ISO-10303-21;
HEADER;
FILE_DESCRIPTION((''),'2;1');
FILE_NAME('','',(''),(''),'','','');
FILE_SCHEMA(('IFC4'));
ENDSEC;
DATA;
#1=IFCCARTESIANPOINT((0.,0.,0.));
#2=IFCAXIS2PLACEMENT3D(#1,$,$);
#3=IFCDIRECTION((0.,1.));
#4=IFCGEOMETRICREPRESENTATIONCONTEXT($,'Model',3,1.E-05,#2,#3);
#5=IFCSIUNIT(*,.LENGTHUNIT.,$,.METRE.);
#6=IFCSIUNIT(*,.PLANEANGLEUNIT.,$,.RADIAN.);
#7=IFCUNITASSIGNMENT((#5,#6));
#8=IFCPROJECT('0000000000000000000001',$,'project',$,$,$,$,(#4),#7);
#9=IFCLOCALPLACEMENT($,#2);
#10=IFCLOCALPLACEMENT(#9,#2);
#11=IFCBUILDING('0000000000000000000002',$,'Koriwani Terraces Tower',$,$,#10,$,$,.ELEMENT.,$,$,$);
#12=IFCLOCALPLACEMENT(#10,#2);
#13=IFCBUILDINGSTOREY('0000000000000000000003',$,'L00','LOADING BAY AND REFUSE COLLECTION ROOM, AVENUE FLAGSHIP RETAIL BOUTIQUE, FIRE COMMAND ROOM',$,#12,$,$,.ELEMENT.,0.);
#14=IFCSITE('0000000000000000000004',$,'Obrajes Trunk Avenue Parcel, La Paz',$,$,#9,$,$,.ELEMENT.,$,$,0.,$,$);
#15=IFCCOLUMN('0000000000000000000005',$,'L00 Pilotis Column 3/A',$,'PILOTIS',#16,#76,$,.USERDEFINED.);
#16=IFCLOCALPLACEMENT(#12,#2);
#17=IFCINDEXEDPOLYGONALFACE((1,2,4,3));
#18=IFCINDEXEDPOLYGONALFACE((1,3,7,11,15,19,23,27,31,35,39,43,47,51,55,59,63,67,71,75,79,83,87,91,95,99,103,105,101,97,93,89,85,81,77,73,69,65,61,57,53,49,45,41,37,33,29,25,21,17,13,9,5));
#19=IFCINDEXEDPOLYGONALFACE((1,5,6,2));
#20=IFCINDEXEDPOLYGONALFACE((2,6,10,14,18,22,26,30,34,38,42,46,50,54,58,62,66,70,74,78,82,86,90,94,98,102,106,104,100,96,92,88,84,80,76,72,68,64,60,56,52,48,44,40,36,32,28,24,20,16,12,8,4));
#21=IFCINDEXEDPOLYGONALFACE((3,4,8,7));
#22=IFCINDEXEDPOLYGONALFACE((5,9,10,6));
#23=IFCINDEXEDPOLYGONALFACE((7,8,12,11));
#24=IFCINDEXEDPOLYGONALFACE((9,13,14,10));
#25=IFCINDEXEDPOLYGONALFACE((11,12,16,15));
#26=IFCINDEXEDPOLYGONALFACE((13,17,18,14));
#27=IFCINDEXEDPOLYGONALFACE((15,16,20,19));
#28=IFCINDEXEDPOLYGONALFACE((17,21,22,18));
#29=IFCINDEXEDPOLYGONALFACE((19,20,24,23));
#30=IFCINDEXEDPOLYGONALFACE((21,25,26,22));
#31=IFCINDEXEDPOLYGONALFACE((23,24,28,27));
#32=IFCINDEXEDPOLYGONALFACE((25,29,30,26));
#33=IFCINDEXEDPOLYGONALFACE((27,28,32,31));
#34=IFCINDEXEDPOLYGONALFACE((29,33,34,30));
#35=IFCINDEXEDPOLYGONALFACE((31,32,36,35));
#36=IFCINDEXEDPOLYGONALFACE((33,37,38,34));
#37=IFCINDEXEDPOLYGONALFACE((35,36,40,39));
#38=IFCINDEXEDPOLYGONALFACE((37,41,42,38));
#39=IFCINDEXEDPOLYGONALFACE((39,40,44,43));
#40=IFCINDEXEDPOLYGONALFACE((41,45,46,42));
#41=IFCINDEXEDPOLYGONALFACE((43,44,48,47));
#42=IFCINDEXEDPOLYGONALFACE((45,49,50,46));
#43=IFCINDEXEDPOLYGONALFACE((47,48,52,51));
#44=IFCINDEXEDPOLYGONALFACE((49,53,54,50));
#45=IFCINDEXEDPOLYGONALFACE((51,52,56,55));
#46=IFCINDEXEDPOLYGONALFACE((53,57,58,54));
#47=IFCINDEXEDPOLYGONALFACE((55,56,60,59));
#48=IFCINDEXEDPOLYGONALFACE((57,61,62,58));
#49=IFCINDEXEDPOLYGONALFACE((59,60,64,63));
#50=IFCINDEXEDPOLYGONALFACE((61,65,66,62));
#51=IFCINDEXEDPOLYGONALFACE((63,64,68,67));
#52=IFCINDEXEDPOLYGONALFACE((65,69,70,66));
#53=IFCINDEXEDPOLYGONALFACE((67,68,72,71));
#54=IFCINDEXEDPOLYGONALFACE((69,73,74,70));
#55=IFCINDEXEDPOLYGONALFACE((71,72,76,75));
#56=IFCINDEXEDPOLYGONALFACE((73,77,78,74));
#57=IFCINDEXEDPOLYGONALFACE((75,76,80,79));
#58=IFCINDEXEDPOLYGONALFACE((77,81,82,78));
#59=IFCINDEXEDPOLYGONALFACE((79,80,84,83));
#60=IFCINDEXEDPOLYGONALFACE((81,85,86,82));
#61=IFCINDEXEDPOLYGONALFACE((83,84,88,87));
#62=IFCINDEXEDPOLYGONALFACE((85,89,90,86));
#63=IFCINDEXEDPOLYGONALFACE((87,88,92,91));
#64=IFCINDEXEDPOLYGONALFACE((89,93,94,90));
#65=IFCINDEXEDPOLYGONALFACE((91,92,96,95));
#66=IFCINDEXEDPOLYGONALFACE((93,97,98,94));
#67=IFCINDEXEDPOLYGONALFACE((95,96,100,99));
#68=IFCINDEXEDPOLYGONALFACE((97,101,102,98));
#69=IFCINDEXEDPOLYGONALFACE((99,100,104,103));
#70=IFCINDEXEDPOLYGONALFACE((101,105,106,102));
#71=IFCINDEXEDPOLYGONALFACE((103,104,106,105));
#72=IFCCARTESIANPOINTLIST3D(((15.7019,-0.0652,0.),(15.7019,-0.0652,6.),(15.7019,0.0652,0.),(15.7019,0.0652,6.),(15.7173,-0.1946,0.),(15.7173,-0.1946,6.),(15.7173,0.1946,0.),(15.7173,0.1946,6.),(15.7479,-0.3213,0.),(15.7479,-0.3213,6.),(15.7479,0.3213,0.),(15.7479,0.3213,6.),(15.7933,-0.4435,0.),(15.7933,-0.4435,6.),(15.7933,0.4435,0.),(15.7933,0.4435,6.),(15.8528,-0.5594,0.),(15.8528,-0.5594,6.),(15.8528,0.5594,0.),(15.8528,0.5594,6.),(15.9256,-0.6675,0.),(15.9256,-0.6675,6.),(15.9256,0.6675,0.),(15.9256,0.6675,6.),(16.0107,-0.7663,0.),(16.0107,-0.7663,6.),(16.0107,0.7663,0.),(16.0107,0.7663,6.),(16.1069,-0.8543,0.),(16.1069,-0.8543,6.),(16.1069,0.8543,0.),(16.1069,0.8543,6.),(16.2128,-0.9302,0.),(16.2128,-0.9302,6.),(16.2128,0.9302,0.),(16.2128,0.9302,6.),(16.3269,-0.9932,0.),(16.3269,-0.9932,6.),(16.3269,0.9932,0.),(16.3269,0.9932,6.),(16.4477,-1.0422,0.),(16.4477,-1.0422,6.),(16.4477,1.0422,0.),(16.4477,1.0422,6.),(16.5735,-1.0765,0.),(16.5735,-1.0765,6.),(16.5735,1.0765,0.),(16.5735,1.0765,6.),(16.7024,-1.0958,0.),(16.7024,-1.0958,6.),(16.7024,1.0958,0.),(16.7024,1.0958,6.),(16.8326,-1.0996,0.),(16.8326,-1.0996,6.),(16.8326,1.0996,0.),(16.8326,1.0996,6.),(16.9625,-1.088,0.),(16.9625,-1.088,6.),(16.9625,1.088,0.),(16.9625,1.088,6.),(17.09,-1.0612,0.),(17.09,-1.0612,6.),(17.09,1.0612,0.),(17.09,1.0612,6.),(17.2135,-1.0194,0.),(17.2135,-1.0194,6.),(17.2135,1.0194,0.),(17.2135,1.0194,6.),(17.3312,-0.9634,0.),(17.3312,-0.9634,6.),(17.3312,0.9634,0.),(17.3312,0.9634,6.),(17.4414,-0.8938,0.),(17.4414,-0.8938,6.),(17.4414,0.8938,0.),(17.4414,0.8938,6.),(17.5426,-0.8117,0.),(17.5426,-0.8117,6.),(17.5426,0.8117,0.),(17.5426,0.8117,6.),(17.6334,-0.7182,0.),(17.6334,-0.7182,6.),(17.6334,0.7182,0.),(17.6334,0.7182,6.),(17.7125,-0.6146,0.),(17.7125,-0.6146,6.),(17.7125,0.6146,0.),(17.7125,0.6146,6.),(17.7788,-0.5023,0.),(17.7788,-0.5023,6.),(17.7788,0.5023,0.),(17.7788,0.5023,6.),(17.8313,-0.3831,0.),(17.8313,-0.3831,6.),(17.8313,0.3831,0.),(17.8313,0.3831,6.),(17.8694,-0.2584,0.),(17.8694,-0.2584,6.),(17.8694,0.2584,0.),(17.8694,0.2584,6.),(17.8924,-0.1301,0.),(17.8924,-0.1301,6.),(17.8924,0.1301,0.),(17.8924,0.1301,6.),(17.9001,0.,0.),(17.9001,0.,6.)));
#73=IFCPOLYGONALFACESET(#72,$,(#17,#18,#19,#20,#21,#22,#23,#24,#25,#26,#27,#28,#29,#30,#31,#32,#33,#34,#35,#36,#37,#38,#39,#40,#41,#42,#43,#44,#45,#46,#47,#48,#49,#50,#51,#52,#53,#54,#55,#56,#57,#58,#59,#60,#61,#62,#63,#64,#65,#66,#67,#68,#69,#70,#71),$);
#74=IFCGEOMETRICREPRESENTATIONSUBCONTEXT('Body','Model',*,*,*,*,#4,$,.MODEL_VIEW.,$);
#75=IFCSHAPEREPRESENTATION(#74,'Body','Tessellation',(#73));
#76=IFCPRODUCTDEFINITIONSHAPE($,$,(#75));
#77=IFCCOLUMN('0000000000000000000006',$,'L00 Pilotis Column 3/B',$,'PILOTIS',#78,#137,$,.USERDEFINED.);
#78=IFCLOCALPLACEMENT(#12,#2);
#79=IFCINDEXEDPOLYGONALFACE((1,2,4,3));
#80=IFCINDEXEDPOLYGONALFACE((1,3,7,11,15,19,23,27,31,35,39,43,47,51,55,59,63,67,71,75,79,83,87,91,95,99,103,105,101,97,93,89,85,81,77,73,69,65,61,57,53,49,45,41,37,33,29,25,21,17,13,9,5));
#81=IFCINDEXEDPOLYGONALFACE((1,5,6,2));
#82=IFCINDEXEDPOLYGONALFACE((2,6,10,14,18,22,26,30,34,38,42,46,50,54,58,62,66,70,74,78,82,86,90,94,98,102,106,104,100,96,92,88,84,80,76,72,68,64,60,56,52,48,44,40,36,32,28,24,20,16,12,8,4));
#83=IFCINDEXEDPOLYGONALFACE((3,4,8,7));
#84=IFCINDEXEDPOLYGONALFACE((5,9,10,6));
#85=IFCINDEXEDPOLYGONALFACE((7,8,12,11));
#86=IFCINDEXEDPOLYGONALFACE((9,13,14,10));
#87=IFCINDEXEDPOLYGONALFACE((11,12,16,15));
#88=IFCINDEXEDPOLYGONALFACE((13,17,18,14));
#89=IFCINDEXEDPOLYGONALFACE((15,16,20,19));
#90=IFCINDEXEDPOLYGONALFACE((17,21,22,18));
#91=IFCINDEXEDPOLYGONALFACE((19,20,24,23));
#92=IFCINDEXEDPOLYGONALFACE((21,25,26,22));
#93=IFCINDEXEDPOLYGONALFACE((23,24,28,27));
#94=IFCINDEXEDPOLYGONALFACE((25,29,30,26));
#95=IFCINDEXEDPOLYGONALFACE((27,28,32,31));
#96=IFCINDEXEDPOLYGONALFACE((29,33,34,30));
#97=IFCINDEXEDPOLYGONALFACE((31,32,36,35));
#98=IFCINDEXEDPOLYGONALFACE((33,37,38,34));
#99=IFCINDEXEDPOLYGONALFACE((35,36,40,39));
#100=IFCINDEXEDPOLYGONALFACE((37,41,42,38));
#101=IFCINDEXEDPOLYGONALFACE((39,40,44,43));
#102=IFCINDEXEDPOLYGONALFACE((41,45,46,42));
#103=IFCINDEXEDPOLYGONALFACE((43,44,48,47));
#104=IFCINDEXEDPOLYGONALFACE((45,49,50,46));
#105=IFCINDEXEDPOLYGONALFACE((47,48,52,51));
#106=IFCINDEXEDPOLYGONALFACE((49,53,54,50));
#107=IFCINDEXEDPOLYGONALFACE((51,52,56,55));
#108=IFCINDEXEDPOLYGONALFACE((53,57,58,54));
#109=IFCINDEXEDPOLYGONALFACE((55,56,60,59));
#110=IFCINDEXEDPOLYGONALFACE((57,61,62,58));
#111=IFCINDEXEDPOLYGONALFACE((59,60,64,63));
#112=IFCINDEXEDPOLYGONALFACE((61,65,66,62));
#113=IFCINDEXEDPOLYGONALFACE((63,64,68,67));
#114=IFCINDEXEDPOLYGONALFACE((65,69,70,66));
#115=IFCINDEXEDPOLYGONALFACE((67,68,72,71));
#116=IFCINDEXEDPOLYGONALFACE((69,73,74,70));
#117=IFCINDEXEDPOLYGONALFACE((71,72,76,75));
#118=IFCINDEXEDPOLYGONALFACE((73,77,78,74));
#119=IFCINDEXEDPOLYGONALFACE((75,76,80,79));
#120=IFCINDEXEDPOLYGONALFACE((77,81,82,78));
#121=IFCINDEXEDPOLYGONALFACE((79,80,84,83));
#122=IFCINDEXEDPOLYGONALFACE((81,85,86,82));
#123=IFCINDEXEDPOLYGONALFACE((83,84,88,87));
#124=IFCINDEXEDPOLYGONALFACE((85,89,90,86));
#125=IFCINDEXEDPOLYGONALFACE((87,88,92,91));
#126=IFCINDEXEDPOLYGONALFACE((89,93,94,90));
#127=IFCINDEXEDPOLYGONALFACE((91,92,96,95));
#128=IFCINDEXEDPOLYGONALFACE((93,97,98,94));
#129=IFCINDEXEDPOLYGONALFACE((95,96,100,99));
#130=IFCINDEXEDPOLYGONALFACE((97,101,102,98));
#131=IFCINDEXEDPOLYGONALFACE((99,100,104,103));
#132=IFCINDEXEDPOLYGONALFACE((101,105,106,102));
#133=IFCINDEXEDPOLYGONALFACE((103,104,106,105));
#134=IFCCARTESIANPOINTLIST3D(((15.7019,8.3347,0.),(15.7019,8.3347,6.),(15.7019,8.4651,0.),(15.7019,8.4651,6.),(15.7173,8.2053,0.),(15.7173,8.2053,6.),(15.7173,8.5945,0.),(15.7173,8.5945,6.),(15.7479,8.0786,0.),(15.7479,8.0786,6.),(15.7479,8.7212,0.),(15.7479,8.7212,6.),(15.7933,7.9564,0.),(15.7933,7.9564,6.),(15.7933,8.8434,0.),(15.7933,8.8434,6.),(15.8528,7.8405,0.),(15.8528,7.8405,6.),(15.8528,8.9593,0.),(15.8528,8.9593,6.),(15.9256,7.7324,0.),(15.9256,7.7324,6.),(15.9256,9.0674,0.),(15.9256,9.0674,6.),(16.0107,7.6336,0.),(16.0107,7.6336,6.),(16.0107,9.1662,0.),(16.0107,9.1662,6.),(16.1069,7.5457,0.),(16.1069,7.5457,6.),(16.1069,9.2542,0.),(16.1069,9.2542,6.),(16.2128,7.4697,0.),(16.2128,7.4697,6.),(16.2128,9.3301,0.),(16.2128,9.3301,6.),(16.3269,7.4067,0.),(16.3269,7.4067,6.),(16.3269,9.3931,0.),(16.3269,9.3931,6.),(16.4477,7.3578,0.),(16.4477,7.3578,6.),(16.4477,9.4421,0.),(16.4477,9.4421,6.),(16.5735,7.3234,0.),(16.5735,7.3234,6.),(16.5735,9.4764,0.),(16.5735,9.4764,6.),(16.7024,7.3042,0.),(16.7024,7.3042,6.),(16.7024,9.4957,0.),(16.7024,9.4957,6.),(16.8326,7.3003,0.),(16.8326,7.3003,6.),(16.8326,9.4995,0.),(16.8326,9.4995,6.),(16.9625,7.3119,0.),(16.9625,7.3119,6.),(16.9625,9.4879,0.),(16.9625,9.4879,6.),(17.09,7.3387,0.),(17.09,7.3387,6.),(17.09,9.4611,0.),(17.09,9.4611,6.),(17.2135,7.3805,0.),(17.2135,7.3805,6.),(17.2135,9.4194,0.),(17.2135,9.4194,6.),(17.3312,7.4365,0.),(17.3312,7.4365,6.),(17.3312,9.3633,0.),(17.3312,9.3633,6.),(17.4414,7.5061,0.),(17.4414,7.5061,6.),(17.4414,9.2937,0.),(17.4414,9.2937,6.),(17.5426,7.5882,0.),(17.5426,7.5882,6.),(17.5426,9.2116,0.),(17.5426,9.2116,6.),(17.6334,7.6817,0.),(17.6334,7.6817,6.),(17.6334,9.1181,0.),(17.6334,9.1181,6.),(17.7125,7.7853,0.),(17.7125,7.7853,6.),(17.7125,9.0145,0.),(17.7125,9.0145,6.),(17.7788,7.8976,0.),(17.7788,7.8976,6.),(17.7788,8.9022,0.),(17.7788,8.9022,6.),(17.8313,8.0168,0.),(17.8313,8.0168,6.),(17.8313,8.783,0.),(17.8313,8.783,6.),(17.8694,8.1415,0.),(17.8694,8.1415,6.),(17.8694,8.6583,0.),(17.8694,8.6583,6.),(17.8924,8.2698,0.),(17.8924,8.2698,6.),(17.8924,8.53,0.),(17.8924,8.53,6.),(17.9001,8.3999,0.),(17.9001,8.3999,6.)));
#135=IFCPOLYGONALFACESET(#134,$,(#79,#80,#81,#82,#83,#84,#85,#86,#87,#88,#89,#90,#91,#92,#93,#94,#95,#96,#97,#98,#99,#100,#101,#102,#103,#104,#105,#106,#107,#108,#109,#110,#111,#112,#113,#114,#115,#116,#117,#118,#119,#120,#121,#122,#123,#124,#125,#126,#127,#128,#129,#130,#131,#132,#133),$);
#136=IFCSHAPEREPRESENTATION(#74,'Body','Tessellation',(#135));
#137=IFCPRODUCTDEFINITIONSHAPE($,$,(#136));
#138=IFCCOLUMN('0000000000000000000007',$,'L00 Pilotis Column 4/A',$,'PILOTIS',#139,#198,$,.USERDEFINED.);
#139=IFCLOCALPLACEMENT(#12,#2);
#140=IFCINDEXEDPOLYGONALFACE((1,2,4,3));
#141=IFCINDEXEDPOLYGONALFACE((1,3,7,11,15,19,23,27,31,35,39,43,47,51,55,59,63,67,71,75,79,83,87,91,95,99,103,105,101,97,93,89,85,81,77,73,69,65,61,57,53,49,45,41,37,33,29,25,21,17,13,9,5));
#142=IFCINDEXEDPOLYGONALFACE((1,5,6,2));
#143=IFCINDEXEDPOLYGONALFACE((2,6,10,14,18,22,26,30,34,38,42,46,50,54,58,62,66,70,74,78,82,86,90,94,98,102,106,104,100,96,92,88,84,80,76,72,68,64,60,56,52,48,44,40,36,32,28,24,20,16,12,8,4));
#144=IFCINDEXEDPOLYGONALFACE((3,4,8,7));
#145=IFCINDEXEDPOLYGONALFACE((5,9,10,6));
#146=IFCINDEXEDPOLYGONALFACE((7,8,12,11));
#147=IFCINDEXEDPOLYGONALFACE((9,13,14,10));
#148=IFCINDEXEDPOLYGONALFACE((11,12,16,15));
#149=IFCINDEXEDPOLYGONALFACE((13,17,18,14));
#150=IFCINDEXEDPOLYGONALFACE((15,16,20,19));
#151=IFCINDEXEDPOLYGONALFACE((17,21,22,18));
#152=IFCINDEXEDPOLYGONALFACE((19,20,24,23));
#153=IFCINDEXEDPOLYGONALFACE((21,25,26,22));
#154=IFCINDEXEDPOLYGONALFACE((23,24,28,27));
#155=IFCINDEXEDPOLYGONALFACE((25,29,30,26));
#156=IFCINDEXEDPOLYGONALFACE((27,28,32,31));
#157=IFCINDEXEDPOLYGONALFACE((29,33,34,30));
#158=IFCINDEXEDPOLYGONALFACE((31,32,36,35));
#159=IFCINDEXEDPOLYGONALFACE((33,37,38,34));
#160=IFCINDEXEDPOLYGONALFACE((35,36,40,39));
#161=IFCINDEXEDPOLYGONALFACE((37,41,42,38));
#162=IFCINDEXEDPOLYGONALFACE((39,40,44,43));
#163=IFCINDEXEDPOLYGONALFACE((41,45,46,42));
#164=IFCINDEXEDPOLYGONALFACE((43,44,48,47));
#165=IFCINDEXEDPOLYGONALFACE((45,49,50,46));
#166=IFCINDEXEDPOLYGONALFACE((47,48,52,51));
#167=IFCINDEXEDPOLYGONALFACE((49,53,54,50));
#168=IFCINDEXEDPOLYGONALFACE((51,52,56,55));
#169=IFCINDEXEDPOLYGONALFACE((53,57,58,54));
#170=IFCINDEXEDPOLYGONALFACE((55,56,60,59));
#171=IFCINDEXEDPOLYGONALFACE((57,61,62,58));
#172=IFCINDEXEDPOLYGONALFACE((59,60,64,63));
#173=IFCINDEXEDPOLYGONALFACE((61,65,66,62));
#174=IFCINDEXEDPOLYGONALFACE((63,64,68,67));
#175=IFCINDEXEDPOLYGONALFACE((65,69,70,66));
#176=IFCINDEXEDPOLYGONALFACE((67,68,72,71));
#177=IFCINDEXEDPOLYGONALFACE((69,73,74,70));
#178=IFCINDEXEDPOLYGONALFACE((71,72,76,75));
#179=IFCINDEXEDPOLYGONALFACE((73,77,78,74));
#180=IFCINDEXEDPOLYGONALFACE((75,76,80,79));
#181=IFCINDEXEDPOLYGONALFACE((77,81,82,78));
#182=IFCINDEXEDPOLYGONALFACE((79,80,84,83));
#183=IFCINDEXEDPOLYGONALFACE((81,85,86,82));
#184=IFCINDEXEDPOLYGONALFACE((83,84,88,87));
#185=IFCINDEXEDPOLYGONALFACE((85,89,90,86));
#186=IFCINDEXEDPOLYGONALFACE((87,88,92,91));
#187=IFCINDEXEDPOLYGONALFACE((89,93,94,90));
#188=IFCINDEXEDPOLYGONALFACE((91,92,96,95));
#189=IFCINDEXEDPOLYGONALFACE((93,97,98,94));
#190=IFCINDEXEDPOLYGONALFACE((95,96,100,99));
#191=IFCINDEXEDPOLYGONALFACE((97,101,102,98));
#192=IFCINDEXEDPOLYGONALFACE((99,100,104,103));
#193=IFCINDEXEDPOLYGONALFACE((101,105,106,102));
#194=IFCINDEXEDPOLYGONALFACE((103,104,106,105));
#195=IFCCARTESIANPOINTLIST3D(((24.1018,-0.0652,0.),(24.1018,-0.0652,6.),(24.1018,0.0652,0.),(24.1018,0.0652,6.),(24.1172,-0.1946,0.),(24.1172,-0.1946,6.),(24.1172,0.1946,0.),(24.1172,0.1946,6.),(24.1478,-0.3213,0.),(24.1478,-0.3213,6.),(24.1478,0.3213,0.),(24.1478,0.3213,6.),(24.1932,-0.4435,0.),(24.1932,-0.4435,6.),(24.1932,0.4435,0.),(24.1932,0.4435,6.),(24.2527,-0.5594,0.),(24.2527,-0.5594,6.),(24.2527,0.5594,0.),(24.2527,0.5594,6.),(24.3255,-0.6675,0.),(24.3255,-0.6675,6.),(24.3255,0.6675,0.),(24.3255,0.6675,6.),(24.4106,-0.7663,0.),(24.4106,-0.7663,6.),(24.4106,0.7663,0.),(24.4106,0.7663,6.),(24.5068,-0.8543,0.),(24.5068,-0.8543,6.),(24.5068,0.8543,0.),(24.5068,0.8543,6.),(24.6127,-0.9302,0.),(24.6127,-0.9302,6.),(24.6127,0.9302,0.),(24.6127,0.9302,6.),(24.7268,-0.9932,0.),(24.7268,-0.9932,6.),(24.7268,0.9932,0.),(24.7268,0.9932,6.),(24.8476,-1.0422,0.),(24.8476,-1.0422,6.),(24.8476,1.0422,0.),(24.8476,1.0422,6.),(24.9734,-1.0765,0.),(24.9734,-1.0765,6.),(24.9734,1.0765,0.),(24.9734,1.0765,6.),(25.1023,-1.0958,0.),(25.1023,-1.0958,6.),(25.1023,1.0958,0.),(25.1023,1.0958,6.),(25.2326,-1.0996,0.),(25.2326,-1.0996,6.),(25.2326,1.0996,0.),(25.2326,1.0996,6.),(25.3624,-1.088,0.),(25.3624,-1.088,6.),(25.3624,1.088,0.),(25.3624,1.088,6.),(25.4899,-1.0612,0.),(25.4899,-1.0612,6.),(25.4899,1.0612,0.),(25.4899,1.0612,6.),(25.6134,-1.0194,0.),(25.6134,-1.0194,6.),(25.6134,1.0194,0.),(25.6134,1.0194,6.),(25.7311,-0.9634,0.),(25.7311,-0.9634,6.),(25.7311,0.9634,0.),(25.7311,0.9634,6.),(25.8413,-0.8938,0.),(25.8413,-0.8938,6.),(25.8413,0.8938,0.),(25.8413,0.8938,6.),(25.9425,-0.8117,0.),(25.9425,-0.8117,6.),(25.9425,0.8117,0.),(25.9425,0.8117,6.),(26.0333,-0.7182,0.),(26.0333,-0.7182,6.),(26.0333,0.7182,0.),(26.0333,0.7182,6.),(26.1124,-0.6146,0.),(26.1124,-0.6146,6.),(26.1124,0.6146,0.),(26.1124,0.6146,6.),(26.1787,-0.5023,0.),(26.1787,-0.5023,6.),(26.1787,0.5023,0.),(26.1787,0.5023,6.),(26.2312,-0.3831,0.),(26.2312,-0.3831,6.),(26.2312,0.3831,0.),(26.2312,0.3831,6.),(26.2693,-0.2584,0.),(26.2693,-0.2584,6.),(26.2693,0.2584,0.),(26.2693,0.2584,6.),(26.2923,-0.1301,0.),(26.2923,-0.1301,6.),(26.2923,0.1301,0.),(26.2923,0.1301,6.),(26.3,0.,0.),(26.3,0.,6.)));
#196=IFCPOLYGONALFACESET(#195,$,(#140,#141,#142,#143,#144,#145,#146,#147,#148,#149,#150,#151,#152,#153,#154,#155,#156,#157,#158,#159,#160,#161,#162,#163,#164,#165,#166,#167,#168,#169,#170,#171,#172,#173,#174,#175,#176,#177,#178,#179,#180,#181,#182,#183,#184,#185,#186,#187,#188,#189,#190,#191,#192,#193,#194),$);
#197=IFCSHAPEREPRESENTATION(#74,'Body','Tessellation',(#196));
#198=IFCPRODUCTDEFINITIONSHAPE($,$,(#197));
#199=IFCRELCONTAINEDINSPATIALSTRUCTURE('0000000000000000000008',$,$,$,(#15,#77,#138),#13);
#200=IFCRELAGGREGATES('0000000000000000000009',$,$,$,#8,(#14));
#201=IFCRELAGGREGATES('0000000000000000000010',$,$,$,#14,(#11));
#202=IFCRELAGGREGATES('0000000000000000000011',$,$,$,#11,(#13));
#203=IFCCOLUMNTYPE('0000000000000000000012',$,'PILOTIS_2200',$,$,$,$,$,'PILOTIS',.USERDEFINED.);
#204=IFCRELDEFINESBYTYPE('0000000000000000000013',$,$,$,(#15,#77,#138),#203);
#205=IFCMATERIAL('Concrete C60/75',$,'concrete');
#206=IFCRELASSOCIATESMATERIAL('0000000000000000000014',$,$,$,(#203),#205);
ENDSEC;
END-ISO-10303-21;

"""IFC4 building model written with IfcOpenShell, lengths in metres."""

from ifc_helpers import new_model, si_unit, direction, frame, origin, origin_2d, place, context, subcontext, project, spatial, circle, extrude, material, material_profile, profile_set, type_object, element, save


model = new_model("IFC4")

# Units and contexts
model_context = context("Model", 3, precision=1e-05, world=origin(), true_north=direction((0.0, 1.0)))
body_context = subcontext(model_context, "Body", "Model", "MODEL_VIEW")
ifc_project = project(units=[si_unit("LENGTHUNIT", "METRE"), si_unit("PLANEANGLEUNIT", "RADIAN")], contexts=[model_context])

# Site, building, storey
site_placement = place(None, origin())
site = spatial("IfcSite", under=ifc_project, at=site_placement, Name="Obrajes Trunk Avenue Parcel, La Paz", CompositionType="ELEMENT", RefElevation=0.0)
building_placement = place(site_placement, origin())
building = spatial("IfcBuilding", under=site, at=building_placement, Name="Koriwani Terraces Tower", CompositionType="ELEMENT")
storey_placement = place(building_placement, origin())
storey = spatial("IfcBuildingStorey", under=building, at=storey_placement, Name="L00", Description="LOADING BAY AND REFUSE COLLECTION ROOM, AVENUE FLAGSHIP RETAIL BOUTIQUE, FIRE COMMAND ROOM", CompositionType="ELEMENT", Elevation=0.0)

# Columns
ifc_material_1 = material(Name="Concrete C60/75", Category="concrete")
ifc_material_profile_1 = material_profile(ifc_material_1, circle(Radius=1.1001, at=origin_2d()), Name="Concrete C60/75", Category="LoadBearing")
ifc_profile_set_1 = profile_set([ifc_material_profile_1], Name="Concrete C60/75")
column_type_1 = type_object("IfcColumnType", Name="PILOTIS_2200", ElementType="PILOTIS", PredefinedType="USERDEFINED", material=ifc_profile_set_1)
for number, where, z_axis, x_axis, name in (
    (1, (16.8, 0.0, 0.0), (0.0, 0.0, 1.0), (1.0, 0.0, 0.0), "L00 Pilotis Column 3/A"),
    (2, (16.8, 8.3999, 0.0), (0.0, 0.0, 1.0), (1.0, 0.0, 0.0), "L00 Pilotis Column 3/B"),
    (3, (25.2, 0.0, 0.0), (0.0, 0.0, 1.0), (1.0, 0.0, 0.0), "L00 Pilotis Column 4/A"),
):
    element("IfcColumn", number, at=place(storey_placement, frame(where, z_axis=z_axis, x_axis=x_axis)), inside=storey, type_object=column_type_1, Name=name, ObjectType="PILOTIS", PredefinedType="USERDEFINED", context=body_context, shape_type="SweptSolid", body=[
        extrude(circle(Radius=1.1001, at=origin_2d()), origin(), (0.0, 0.0, 1.0), 6.0),
    ])

save(model, "model.ifc")
